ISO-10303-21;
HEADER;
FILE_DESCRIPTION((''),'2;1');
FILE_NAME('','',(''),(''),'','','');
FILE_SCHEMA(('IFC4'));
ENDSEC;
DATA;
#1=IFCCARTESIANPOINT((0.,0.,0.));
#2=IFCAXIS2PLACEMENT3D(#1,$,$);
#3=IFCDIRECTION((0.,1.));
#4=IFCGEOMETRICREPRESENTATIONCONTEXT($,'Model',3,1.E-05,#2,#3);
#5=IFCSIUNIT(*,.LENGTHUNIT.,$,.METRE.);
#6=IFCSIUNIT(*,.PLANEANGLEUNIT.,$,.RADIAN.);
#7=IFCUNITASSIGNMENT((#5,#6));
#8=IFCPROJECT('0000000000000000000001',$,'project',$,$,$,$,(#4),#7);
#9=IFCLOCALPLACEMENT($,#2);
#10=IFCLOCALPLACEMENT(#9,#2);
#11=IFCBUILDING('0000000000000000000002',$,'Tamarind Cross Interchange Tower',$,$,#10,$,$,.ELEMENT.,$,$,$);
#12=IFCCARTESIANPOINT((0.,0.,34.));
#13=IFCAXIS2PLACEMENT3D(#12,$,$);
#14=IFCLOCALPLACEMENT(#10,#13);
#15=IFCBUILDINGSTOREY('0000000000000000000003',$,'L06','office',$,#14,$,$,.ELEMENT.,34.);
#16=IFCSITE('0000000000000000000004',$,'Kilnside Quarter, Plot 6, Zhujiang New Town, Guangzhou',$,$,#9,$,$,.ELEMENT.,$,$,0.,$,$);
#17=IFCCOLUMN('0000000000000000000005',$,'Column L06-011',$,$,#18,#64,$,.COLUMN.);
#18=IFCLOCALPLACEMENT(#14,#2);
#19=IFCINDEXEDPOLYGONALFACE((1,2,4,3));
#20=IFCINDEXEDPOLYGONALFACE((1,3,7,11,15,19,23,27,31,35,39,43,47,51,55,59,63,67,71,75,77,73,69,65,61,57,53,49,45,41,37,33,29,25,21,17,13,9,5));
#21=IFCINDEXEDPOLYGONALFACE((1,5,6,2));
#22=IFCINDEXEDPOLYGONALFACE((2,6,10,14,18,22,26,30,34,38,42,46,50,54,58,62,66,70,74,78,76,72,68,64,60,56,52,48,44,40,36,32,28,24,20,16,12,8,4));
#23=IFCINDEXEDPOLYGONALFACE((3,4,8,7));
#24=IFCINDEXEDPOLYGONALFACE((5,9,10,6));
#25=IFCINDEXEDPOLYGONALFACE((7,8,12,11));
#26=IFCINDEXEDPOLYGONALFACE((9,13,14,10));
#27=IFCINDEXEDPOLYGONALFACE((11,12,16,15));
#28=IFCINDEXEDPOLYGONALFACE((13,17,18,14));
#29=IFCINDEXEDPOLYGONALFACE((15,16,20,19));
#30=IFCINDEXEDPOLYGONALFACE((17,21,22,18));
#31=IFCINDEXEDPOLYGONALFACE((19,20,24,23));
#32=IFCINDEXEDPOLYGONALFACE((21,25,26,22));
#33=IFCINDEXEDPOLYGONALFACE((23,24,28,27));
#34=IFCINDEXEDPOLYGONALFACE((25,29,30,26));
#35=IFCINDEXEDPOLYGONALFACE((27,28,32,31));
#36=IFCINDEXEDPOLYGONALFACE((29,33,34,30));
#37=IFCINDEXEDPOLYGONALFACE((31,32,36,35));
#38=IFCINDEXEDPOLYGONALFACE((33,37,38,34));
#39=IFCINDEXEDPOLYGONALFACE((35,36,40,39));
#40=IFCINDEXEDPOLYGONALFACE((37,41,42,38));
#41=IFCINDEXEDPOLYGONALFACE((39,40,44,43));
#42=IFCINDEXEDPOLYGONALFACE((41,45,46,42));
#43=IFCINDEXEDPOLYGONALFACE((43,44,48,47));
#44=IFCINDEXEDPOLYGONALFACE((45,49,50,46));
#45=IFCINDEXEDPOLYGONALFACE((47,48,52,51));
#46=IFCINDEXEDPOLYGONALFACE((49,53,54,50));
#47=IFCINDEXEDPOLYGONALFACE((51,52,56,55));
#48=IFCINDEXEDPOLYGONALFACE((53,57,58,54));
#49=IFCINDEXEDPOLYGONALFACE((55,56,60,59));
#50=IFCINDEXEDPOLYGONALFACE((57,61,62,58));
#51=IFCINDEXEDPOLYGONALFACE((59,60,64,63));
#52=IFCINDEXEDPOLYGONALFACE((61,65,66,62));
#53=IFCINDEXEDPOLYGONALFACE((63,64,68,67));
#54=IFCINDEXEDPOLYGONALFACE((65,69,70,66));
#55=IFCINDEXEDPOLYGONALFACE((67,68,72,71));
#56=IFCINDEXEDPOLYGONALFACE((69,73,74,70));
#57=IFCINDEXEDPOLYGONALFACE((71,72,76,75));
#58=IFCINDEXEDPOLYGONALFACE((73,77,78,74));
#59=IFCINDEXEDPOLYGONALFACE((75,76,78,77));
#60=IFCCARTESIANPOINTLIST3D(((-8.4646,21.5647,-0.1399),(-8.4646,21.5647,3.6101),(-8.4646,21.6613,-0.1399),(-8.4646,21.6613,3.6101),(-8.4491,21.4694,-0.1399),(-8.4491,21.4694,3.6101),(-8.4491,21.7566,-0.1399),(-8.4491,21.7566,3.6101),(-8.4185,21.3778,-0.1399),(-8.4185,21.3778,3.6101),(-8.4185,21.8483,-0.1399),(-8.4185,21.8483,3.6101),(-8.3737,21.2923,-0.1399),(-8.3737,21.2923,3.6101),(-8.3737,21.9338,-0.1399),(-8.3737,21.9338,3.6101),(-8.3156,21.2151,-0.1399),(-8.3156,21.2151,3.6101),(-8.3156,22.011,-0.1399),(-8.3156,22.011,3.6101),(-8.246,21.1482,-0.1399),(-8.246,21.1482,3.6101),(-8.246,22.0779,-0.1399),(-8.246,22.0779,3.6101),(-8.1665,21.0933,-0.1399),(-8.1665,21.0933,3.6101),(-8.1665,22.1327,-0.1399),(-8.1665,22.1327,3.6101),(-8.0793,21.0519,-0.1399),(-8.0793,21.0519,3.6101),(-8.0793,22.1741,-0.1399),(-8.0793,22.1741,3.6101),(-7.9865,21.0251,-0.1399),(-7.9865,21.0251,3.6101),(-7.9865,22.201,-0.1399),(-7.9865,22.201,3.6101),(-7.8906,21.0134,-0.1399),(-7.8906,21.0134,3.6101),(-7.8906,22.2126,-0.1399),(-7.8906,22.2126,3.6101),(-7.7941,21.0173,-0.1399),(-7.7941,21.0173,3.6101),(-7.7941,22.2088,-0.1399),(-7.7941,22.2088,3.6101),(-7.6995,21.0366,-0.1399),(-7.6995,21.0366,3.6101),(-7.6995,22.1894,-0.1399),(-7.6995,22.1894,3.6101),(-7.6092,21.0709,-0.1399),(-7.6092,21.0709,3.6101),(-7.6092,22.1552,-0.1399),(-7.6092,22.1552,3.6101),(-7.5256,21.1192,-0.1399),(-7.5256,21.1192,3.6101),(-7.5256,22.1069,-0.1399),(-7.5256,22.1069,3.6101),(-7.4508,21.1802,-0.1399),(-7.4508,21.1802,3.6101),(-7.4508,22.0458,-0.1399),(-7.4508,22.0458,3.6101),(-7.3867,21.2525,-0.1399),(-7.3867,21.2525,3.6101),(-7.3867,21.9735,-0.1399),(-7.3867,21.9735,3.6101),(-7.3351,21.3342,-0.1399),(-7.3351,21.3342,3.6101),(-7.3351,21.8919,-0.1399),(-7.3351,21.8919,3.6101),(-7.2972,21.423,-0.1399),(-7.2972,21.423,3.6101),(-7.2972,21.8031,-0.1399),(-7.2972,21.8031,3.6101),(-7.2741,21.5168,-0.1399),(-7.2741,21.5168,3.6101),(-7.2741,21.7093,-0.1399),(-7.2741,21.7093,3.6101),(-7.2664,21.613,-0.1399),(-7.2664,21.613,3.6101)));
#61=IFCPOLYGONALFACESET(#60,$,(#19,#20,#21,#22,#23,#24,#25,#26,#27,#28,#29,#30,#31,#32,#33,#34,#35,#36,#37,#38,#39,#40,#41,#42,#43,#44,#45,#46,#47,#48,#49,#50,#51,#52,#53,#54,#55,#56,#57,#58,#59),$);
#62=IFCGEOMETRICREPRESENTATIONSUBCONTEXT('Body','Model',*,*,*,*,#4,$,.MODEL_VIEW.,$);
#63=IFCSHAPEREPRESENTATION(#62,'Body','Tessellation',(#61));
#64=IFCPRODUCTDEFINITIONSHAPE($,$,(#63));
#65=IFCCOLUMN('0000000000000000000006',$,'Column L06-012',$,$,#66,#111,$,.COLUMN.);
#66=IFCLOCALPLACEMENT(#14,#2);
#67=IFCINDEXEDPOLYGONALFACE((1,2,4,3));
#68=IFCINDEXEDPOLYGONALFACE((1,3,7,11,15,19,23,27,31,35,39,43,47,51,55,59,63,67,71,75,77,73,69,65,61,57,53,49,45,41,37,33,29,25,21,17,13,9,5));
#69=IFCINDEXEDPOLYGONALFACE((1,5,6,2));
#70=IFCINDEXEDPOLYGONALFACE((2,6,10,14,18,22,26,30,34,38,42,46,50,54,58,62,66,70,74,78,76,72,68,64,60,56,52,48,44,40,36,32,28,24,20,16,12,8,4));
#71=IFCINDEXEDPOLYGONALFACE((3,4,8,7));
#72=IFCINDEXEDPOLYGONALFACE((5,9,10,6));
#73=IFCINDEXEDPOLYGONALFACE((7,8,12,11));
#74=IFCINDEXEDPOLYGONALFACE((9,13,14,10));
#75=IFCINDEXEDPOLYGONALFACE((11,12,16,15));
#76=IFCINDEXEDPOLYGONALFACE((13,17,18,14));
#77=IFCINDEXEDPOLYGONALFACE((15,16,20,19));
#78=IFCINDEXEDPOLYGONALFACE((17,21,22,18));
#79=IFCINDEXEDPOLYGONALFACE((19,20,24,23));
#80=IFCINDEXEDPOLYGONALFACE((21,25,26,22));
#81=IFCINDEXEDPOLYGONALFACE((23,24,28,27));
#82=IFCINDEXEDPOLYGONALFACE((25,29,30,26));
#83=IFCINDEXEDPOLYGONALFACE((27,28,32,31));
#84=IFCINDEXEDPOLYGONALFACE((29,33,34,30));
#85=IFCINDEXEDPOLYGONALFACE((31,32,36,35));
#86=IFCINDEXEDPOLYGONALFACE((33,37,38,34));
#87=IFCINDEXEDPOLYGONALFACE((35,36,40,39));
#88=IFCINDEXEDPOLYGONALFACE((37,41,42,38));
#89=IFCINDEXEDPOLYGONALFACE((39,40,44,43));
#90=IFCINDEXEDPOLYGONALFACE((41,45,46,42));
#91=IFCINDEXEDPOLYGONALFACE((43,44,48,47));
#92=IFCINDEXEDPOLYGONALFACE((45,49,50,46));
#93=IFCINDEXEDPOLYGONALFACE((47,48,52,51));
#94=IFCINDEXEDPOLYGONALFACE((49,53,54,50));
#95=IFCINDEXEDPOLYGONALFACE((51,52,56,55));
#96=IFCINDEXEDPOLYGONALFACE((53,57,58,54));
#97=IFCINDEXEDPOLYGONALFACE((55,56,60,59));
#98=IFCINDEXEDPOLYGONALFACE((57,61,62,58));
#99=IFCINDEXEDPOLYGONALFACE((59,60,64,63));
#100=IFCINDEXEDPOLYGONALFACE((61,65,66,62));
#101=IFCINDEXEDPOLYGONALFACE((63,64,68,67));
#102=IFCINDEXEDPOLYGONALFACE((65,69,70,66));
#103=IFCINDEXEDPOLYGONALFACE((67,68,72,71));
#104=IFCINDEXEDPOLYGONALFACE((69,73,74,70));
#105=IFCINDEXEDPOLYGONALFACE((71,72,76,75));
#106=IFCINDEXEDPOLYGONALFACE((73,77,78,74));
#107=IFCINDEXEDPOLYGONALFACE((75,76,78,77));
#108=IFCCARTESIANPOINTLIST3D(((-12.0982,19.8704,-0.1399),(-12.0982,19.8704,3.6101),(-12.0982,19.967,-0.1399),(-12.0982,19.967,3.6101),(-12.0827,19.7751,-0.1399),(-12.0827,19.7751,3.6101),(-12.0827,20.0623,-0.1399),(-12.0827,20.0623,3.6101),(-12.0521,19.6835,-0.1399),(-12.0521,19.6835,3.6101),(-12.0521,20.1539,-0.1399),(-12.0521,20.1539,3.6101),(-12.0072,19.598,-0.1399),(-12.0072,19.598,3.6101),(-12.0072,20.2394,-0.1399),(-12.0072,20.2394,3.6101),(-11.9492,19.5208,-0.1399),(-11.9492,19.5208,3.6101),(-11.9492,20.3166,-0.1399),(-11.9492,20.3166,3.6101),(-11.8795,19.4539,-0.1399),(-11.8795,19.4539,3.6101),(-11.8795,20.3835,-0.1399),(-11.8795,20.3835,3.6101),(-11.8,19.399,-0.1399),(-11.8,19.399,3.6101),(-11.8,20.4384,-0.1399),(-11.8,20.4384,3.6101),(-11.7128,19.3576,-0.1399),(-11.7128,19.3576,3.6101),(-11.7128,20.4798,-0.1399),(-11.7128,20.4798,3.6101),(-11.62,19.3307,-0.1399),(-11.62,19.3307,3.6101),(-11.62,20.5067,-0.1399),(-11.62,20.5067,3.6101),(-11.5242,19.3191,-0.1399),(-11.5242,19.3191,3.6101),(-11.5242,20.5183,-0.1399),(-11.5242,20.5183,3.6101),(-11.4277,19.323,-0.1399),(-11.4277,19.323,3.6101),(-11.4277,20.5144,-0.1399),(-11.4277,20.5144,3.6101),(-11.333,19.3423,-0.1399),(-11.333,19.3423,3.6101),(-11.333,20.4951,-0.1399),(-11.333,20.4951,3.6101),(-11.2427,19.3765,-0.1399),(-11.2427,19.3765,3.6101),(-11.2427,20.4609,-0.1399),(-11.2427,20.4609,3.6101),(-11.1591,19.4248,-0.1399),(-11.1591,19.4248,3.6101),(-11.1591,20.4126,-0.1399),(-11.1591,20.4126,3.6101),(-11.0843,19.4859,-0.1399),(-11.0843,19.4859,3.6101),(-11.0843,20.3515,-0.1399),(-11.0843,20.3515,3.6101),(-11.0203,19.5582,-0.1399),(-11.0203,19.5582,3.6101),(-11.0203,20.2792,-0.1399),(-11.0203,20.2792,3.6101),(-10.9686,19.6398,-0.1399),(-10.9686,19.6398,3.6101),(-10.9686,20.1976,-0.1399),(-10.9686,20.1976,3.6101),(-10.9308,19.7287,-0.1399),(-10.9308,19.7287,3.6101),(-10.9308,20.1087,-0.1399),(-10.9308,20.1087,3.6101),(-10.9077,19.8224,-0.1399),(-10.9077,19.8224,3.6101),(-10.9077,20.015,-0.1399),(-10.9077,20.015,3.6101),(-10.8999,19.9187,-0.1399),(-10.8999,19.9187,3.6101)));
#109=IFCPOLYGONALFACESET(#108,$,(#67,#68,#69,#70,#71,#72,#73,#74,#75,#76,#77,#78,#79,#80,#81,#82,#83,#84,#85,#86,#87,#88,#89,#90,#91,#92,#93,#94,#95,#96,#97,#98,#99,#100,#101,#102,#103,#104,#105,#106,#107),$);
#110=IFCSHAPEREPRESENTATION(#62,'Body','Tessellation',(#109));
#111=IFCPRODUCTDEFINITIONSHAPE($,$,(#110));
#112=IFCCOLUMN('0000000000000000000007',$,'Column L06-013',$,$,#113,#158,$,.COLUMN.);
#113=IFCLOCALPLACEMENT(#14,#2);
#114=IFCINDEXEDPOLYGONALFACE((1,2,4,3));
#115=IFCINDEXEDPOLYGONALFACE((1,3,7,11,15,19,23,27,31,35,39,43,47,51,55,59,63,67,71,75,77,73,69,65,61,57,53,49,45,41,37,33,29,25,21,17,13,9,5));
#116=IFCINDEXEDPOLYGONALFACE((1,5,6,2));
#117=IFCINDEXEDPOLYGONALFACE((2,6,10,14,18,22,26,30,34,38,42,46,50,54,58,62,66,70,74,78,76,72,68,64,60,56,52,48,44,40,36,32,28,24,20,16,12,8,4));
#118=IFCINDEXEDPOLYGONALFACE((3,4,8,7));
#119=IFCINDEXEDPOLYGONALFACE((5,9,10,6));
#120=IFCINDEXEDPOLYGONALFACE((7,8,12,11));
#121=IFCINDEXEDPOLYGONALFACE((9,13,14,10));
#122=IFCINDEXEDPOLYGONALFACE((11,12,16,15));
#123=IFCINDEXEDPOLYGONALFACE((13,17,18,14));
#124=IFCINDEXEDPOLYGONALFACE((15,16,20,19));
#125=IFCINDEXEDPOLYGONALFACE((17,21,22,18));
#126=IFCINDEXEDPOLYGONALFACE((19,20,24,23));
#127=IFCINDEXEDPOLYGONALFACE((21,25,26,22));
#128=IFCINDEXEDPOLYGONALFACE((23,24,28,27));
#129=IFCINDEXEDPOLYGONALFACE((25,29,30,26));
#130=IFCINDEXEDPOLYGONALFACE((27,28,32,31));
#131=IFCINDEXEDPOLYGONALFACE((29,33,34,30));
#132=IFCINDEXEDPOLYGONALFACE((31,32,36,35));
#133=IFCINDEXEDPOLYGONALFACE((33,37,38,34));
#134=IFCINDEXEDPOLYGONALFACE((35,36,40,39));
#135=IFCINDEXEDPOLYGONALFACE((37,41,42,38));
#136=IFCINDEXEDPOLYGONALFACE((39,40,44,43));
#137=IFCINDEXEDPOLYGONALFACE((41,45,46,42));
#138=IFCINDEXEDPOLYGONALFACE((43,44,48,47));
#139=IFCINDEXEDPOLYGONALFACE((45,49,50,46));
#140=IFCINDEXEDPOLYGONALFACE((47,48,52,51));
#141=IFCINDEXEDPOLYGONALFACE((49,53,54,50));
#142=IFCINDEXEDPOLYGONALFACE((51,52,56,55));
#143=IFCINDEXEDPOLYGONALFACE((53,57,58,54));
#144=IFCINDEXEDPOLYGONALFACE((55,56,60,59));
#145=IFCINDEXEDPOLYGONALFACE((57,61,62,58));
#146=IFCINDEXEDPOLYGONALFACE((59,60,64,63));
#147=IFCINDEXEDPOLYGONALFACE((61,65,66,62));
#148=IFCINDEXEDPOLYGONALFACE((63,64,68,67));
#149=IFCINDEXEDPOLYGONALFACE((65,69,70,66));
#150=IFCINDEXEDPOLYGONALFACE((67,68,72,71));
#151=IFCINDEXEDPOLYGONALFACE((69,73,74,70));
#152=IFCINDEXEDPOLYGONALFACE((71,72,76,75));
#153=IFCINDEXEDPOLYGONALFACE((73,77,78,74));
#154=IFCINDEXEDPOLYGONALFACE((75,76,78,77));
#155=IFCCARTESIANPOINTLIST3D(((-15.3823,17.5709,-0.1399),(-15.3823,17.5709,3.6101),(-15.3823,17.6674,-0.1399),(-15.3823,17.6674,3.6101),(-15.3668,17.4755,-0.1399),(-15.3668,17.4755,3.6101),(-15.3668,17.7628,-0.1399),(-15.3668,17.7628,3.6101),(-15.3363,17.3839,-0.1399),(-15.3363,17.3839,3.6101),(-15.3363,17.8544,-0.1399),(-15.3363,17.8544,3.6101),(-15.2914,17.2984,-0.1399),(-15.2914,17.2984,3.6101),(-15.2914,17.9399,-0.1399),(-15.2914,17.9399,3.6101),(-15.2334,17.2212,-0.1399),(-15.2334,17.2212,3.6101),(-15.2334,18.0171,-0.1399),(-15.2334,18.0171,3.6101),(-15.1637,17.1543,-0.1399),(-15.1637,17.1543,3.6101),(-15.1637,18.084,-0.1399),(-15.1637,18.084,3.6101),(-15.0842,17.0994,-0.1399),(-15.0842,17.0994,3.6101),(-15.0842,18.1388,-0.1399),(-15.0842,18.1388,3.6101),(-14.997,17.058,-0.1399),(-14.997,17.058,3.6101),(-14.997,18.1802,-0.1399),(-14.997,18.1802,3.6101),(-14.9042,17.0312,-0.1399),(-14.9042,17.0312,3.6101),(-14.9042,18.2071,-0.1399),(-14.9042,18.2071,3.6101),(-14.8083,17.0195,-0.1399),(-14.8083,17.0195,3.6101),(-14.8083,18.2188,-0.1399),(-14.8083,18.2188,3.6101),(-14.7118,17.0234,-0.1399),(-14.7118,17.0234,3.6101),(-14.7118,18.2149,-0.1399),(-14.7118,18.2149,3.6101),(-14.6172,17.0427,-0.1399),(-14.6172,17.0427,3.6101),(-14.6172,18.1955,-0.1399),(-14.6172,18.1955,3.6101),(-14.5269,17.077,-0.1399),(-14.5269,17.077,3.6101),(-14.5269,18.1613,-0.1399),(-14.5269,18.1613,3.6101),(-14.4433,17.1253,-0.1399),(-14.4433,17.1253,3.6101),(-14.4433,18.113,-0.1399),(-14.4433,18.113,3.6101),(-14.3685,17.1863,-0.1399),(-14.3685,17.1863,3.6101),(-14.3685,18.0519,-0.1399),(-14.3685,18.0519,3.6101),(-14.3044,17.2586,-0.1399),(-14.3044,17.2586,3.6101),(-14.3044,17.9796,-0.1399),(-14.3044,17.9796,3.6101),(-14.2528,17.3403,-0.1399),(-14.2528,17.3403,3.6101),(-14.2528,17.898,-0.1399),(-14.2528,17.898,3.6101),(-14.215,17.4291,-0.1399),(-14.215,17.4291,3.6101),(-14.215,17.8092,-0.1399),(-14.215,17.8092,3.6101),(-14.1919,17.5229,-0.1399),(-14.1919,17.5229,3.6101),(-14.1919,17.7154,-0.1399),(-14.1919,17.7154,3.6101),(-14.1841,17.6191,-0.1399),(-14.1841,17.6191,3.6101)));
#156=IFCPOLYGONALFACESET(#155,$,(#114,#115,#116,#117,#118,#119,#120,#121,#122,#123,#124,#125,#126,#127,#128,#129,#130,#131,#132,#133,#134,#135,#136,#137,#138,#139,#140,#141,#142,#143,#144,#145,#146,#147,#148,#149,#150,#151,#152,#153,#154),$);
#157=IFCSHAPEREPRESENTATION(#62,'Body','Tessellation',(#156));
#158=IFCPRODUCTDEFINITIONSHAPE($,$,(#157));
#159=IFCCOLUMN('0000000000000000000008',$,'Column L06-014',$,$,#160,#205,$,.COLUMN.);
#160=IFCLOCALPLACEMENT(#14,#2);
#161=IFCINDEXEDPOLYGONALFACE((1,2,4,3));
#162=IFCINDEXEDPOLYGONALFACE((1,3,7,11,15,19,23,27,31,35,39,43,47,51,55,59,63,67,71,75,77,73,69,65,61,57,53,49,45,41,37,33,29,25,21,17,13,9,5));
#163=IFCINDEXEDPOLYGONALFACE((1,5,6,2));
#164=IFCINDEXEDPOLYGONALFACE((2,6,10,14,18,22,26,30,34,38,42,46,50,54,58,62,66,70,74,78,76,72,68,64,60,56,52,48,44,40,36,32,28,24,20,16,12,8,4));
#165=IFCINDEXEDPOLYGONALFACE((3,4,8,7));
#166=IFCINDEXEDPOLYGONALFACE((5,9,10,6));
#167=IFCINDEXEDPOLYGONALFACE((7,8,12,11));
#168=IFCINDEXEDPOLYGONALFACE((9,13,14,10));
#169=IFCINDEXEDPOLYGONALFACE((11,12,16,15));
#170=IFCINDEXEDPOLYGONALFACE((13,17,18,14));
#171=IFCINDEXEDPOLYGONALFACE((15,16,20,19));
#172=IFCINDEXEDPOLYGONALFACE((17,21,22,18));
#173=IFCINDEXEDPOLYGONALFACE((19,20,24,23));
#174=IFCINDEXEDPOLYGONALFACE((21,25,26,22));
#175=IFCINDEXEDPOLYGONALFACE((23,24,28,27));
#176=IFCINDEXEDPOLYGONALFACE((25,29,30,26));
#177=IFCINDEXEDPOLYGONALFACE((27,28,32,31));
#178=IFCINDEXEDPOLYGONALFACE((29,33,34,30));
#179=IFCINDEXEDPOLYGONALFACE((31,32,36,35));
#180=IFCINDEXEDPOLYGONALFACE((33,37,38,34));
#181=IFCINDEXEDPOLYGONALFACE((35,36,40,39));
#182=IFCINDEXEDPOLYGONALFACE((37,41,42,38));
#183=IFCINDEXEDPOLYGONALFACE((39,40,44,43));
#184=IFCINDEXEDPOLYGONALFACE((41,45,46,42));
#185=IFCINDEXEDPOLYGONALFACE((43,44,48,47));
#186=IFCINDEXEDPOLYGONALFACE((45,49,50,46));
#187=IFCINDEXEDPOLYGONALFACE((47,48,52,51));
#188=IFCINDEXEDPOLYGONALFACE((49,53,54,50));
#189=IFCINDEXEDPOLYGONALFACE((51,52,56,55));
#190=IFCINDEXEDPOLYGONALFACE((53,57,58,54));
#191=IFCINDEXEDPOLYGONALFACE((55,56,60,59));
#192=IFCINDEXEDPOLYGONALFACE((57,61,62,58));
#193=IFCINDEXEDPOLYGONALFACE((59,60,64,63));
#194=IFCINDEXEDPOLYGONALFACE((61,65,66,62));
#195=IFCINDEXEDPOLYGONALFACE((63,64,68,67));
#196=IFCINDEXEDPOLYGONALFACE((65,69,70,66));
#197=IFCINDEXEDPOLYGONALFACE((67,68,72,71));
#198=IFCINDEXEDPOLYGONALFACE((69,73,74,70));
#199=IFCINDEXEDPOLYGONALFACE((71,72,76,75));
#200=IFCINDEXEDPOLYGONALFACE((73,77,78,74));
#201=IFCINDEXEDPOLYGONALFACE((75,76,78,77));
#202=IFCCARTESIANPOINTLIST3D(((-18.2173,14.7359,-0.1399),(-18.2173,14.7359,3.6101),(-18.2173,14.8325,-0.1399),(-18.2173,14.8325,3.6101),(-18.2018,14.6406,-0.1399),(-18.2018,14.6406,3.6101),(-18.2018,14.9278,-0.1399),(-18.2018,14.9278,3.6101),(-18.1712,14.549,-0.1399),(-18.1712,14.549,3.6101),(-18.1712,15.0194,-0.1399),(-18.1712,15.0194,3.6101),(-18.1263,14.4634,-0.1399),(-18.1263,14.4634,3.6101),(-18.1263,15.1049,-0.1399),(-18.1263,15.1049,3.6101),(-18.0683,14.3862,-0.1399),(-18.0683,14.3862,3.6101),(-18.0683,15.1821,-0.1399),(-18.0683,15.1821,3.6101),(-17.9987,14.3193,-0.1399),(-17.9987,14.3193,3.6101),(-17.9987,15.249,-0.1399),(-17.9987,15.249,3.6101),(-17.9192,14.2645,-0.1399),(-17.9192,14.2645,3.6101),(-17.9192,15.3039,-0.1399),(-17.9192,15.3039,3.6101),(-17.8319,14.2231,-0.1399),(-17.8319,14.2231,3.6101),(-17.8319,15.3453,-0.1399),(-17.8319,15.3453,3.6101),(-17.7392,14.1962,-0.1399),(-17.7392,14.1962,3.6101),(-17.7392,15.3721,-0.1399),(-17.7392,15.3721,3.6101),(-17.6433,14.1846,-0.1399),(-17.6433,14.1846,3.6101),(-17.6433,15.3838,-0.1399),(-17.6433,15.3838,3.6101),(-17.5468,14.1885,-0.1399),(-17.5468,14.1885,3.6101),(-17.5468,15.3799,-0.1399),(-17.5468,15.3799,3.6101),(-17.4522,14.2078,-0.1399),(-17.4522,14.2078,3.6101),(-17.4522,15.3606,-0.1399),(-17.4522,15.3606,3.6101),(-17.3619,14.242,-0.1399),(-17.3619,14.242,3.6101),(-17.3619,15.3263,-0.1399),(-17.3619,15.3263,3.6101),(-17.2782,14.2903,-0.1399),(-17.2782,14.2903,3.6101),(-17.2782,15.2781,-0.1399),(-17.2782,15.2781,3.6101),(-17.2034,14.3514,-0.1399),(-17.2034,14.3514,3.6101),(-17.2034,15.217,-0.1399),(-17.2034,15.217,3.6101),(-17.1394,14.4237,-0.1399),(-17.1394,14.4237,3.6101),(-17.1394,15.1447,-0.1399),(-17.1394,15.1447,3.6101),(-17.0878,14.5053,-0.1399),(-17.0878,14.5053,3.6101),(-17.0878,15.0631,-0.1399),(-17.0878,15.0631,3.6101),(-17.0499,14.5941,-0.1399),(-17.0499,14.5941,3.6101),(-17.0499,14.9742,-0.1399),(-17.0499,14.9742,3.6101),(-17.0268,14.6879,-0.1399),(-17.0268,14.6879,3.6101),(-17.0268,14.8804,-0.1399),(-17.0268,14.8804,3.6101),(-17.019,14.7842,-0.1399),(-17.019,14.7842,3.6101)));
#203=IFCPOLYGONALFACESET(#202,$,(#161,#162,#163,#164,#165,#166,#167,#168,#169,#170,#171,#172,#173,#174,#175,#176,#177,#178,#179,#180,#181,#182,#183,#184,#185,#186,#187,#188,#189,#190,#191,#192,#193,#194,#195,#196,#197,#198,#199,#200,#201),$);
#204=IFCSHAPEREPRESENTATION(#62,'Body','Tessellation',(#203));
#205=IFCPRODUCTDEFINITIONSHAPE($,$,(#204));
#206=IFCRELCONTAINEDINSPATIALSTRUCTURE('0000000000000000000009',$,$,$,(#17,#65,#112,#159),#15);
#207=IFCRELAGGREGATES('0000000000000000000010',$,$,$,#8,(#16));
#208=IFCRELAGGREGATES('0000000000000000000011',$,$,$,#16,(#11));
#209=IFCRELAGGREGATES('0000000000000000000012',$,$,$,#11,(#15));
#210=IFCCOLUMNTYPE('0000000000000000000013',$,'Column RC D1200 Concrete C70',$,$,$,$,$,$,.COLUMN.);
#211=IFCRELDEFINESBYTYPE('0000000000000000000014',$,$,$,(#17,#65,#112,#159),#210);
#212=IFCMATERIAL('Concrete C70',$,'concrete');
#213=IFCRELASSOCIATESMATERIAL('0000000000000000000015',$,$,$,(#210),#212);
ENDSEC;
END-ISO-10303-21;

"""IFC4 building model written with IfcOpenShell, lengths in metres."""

from ifc_helpers import new_model, si_unit, direction, frame, origin, origin_2d, place, context, subcontext, project, spatial, circle, extrude, material, material_profile, profile_set, type_object, element, save


model = new_model("IFC4")

# Units and contexts
model_context = context("Model", 3, precision=1e-05, world=origin(), true_north=direction((0.0, 1.0)))
body_context = subcontext(model_context, "Body", "Model", "MODEL_VIEW")
ifc_project = project(units=[si_unit("LENGTHUNIT", "METRE"), si_unit("PLANEANGLEUNIT", "RADIAN")], contexts=[model_context])

# Site, building, storey
site_placement = place(None, origin())
site = spatial("IfcSite", under=ifc_project, at=site_placement, Name="Kilnside Quarter, Plot 6, Zhujiang New Town, Guangzhou", CompositionType="ELEMENT", RefElevation=0.0)
building_placement = place(site_placement, origin())
building = spatial("IfcBuilding", under=site, at=building_placement, Name="Tamarind Cross Interchange Tower", CompositionType="ELEMENT")
storey_placement = place(building_placement, frame((0.0, 0.0, 34.0)))
storey = spatial("IfcBuildingStorey", under=building, at=storey_placement, Name="L06", Description="office", CompositionType="ELEMENT", Elevation=34.0)

# Columns
ifc_material_1 = material(Name="Concrete C70", Category="concrete")
ifc_material_profile_1 = material_profile(ifc_material_1, circle(Radius=0.6001, at=origin_2d()), Name="RC D1200")
ifc_profile_set_1 = profile_set([ifc_material_profile_1], Name="Concrete C70")
column_type = type_object("IfcColumnType", Name="Column RC D1200 Concrete C70", PredefinedType="COLUMN", material=ifc_profile_set_1)
for number, where, z_axis, x_axis, name in (
    (1, (-7.8665, 21.613, -0.1399), (0.0, 0.0, 1.0), (1.0, 0.0, 0.0), "Column L06-011"),
    (2, (-11.5, 19.9187, -0.1399), (0.0, 0.0, 1.0), (1.0, 0.0, 0.0), "Column L06-012"),
    (3, (-14.7842, 17.6191, -0.1399), (0.0, 0.0, 1.0), (1.0, 0.0, 0.0), "Column L06-013"),
    (4, (-17.6191, 14.7842, -0.1399), (0.0, 0.0, 1.0), (1.0, 0.0, 0.0), "Column L06-014"),
):
    element("IfcColumn", number, at=place(storey_placement, frame(where, z_axis=z_axis, x_axis=x_axis)), inside=storey, type_object=column_type, Name=name, PredefinedType="COLUMN", context=body_context, shape_type="SweptSolid", body=[
        extrude(circle(Radius=0.6001, at=origin_2d()), origin(), (0.0, 0.0, 1.0), 3.75),
    ])

save(model, "model.ifc")
